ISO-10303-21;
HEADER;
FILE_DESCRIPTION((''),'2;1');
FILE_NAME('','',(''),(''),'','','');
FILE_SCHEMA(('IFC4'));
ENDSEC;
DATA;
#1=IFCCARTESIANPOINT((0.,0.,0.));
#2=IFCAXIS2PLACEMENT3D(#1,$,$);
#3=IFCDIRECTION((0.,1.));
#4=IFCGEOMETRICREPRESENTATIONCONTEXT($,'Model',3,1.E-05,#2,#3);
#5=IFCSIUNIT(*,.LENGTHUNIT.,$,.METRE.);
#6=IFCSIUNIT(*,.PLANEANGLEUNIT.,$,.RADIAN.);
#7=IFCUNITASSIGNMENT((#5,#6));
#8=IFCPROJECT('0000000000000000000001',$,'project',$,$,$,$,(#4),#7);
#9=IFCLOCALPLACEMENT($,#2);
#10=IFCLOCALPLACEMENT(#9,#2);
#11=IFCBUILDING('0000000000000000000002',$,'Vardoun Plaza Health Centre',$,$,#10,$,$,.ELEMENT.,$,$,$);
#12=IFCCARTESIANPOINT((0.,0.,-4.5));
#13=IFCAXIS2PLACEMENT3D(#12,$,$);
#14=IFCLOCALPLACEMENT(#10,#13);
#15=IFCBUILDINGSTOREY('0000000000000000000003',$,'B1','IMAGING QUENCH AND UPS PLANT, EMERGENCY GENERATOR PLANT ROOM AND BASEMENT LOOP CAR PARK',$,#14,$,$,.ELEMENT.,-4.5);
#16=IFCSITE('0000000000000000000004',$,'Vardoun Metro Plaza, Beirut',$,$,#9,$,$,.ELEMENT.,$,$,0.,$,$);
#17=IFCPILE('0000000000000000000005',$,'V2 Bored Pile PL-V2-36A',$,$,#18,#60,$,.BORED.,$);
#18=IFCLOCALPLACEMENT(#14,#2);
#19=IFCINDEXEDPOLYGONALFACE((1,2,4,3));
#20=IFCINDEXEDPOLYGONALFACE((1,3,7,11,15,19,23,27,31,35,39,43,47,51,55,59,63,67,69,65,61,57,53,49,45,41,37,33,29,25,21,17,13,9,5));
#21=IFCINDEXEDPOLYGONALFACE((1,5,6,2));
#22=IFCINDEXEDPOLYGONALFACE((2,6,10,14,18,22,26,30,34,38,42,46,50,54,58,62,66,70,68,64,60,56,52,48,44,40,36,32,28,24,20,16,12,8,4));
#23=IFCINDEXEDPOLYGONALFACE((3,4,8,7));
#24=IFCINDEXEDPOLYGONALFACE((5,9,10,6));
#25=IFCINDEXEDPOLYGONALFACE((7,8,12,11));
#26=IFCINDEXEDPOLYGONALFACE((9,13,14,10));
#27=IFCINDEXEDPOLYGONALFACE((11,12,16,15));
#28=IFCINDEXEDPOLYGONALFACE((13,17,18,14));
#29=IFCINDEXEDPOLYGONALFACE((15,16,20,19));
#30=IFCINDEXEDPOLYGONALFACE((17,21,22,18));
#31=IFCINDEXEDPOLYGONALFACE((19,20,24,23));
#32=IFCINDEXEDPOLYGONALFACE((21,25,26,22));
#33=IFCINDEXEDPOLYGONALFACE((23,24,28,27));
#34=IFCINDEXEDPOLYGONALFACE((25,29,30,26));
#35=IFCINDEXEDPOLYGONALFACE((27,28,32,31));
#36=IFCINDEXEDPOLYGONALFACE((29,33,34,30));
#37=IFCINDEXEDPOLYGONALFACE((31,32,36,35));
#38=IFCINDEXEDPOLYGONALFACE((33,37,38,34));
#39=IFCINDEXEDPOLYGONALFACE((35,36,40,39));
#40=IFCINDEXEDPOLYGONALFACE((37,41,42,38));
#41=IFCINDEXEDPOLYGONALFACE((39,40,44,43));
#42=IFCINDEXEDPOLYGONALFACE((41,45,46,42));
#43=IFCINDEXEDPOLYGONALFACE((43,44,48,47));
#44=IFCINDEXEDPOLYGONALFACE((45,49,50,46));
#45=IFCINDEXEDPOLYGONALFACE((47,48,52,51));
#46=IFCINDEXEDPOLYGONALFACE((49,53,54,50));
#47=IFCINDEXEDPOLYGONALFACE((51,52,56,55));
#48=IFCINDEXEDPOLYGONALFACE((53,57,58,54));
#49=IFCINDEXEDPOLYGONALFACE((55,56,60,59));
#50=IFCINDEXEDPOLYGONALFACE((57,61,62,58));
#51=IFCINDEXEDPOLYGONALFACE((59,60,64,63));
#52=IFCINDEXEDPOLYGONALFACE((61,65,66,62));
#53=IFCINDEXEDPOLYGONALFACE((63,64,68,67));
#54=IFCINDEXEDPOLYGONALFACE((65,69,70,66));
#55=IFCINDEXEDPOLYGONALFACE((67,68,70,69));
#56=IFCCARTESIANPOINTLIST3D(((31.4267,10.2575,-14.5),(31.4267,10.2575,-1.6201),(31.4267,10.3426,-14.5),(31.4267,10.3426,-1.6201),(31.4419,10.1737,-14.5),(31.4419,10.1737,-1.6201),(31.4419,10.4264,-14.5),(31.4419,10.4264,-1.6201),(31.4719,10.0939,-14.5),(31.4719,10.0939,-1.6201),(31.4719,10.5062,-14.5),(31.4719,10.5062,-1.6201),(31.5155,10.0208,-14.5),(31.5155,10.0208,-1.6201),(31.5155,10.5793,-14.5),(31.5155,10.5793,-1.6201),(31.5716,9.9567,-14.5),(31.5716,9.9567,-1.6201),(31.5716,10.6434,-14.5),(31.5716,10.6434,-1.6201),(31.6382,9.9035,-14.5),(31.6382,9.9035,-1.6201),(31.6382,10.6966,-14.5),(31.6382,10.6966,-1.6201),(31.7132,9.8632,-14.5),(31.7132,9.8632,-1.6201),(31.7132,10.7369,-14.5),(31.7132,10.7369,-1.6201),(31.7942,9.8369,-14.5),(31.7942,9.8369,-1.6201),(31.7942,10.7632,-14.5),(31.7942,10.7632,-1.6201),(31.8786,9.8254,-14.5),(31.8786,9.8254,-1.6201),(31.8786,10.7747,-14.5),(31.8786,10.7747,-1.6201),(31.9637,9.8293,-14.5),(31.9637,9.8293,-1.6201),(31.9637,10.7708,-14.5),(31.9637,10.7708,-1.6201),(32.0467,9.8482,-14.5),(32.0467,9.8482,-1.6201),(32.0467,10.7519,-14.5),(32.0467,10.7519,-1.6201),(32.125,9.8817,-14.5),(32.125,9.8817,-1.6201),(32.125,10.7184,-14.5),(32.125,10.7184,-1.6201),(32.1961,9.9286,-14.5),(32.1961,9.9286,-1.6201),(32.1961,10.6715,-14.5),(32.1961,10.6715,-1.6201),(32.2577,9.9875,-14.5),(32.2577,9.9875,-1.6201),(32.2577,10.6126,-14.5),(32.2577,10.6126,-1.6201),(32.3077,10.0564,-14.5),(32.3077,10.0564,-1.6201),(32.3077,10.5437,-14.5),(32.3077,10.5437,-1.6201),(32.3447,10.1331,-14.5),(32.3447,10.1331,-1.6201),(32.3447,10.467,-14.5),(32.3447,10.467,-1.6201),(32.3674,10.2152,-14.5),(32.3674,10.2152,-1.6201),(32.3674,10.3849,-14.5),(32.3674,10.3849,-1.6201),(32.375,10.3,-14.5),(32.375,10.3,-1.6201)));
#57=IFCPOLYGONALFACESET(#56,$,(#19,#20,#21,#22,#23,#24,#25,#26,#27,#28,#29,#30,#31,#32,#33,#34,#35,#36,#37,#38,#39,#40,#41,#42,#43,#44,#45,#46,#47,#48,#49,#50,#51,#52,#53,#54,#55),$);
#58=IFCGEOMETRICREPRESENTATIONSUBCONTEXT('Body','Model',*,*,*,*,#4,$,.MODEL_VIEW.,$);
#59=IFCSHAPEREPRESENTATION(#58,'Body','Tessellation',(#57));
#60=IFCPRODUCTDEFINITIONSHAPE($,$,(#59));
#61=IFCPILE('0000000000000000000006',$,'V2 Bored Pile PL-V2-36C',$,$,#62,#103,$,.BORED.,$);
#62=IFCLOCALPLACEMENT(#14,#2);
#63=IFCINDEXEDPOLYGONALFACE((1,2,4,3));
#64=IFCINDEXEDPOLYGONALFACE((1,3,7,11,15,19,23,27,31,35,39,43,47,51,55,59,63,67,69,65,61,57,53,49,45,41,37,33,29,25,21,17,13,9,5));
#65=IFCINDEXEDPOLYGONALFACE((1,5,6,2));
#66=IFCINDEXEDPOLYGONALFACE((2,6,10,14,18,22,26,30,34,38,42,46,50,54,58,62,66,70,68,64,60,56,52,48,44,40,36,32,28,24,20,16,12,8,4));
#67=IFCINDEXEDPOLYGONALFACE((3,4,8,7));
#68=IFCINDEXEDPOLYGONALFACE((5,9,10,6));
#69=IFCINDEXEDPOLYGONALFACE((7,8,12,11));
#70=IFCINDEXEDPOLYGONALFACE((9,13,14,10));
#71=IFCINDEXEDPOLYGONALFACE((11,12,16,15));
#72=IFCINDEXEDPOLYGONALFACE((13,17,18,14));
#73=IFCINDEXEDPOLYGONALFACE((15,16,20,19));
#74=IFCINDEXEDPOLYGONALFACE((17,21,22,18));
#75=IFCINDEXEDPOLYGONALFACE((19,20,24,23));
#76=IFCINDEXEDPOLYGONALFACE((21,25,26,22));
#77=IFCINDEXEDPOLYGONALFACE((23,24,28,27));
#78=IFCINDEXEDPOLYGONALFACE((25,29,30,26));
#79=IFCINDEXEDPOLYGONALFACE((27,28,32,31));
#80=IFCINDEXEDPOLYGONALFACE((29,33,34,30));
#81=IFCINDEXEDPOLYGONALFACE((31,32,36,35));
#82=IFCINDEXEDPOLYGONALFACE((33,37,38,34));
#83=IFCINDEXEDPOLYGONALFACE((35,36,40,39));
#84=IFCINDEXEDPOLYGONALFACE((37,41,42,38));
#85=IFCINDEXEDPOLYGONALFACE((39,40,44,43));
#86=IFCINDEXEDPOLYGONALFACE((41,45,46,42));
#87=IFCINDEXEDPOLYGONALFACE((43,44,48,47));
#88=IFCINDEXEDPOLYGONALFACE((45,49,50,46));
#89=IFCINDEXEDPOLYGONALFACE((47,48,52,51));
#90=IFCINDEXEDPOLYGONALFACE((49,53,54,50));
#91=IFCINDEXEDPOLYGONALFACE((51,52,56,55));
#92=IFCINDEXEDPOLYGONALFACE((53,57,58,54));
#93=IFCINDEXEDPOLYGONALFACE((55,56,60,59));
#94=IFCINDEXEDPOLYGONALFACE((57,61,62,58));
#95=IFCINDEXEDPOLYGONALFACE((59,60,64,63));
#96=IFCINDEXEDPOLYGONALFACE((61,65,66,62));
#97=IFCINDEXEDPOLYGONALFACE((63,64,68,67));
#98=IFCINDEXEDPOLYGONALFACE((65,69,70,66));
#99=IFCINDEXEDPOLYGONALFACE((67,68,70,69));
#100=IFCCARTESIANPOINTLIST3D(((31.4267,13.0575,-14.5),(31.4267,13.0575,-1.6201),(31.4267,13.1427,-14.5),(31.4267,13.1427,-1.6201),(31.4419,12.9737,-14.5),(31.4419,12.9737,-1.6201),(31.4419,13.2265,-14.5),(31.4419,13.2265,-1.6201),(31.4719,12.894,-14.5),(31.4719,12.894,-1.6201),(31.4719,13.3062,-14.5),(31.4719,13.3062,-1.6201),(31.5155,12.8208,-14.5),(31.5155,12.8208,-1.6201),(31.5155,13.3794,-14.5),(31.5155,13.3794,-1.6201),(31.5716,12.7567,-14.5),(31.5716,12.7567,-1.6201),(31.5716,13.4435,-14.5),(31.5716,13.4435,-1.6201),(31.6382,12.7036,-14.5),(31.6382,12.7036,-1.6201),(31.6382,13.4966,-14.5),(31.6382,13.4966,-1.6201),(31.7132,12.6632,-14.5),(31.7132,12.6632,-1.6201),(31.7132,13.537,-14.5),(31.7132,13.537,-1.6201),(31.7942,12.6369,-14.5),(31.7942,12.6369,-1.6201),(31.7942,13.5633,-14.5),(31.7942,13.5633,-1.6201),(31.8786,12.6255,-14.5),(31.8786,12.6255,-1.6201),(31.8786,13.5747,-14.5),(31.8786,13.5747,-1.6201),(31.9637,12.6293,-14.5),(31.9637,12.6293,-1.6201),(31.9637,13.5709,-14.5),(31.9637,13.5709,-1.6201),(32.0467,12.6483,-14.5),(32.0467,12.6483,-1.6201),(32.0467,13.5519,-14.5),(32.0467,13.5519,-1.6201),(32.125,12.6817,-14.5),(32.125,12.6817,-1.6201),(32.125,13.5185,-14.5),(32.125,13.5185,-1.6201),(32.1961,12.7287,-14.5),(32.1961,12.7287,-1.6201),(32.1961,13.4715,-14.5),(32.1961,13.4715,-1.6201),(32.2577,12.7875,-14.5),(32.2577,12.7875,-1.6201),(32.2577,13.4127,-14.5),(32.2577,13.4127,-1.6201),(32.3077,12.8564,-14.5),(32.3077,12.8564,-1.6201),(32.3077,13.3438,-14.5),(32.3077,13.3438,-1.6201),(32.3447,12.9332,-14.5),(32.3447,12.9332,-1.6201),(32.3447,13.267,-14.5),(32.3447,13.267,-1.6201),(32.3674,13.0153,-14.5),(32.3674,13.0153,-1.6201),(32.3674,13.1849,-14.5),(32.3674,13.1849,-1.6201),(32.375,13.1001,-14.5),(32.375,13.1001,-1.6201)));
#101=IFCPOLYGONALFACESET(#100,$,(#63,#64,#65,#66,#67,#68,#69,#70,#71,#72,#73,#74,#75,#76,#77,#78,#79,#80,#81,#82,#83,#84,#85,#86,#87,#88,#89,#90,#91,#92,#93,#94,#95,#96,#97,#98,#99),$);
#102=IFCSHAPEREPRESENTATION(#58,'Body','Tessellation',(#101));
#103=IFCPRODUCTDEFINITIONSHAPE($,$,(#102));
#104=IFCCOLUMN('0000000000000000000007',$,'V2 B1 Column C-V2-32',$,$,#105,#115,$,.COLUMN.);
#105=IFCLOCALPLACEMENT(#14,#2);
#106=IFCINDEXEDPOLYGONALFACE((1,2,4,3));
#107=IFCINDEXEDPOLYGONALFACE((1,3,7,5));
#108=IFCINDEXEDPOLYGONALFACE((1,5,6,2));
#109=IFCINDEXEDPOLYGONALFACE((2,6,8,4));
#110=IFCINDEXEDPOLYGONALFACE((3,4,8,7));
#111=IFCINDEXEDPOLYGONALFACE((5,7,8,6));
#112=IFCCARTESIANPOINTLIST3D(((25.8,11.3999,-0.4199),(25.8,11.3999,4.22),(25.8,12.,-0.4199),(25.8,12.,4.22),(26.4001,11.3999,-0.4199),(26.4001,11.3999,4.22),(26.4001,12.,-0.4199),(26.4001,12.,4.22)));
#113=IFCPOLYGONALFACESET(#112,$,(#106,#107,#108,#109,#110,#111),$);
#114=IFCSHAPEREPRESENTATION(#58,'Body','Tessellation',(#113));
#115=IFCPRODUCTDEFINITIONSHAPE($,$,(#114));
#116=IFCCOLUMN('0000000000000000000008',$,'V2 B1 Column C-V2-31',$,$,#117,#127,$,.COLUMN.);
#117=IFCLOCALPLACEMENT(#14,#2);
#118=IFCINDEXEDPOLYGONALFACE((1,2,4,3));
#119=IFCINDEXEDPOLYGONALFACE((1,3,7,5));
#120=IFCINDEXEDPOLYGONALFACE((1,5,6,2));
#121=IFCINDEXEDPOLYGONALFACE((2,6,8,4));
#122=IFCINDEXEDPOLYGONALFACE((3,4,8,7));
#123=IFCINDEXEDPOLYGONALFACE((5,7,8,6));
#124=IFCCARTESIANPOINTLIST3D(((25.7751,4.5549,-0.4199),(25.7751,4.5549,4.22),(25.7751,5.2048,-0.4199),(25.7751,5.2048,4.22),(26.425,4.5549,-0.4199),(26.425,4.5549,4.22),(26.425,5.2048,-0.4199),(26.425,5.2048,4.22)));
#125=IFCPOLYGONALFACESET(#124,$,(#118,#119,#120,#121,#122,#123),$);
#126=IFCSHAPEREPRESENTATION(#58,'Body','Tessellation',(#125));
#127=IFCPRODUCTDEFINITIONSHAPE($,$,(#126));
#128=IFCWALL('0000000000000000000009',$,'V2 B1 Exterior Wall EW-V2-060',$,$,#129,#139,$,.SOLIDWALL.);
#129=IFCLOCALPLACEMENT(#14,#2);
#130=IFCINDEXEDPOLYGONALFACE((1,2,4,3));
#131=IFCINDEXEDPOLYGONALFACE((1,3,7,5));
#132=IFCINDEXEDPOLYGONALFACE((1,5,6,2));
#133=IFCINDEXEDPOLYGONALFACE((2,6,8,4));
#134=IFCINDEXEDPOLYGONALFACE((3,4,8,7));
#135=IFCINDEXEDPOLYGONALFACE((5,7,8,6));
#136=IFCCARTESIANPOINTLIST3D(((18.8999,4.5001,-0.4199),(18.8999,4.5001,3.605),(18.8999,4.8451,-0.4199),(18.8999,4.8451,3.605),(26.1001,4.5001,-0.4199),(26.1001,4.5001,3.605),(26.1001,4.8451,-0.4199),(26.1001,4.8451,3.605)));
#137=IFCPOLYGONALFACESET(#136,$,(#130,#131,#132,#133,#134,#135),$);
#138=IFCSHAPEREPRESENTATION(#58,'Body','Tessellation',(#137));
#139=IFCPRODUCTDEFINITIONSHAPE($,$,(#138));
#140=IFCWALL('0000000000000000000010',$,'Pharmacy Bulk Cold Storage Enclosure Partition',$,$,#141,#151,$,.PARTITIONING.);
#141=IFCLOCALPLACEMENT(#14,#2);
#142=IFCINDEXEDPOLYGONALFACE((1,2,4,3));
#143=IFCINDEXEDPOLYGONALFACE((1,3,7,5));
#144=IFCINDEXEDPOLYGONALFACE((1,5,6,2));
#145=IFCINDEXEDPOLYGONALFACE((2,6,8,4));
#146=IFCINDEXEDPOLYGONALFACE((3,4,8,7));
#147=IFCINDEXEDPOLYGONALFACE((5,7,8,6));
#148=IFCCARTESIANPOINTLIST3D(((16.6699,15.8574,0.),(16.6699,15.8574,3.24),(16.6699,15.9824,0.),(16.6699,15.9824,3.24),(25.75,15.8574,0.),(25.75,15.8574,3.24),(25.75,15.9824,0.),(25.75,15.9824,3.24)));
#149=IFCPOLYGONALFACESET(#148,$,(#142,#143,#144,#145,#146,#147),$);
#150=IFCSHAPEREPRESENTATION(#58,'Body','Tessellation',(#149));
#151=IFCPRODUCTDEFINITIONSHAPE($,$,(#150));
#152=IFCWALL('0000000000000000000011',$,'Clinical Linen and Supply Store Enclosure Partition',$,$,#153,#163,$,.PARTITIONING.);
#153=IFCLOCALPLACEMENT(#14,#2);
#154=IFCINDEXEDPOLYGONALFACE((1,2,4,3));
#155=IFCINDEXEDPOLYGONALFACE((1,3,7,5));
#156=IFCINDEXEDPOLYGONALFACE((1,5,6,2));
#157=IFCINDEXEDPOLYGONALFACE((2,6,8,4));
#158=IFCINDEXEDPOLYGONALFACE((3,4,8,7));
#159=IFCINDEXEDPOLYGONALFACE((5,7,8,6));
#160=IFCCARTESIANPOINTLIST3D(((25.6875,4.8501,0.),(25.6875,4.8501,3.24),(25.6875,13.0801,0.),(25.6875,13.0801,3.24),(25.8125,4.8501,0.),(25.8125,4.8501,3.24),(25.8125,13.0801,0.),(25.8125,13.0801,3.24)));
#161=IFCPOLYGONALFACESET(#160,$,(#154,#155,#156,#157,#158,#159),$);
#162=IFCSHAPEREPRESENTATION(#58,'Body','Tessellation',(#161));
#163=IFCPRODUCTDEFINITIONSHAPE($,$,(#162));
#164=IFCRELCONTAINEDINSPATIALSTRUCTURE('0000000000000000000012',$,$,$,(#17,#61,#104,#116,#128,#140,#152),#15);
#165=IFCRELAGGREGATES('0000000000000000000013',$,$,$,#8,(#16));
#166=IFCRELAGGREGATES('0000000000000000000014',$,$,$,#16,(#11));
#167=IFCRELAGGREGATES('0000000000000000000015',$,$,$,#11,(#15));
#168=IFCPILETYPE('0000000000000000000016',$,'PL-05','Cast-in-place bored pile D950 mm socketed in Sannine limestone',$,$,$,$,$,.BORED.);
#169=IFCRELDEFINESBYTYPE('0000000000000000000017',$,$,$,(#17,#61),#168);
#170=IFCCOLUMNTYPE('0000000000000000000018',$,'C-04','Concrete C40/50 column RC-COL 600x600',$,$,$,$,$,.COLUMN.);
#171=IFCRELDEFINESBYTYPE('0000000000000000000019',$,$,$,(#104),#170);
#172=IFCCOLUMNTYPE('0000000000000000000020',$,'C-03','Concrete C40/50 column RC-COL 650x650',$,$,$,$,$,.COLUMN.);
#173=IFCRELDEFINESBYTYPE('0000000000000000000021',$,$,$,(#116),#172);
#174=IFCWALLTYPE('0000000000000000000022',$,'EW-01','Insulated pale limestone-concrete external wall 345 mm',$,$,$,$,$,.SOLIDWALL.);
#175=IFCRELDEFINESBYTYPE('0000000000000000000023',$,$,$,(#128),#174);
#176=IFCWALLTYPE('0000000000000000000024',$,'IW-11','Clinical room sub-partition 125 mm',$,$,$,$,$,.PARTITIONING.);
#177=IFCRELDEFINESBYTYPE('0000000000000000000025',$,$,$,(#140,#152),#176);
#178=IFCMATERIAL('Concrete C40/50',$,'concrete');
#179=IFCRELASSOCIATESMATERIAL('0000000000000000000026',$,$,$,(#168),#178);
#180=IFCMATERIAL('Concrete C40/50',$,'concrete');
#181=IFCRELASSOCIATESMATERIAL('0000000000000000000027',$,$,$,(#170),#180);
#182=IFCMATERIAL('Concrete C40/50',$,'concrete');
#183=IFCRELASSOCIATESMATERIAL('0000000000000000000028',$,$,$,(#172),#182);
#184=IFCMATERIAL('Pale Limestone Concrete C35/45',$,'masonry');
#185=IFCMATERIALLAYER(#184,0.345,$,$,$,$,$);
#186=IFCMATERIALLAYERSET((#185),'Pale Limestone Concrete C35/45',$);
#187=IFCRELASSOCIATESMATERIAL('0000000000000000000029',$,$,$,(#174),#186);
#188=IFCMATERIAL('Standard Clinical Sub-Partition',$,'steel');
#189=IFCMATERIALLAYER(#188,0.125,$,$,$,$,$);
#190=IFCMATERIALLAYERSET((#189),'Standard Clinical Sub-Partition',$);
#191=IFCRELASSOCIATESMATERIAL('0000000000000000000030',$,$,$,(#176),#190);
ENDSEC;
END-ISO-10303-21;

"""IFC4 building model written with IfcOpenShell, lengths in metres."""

from ifc_helpers import new_model, si_unit, direction, frame, frame_2d, origin, origin_2d, place, context, subcontext, project, spatial, rectangle, circle, extrude, material, layer, layer_set, material_profile, profile_set, type_object, element, save


model = new_model("IFC4")

# Units and contexts
model_context = context("Model", 3, precision=1e-05, world=origin(), true_north=direction((0.0, 1.0)))
body_context = subcontext(model_context, "Body", "Model", "MODEL_VIEW")
ifc_project = project(units=[si_unit("LENGTHUNIT", "METRE"), si_unit("PLANEANGLEUNIT", "RADIAN")], contexts=[model_context])

# Site, building, storey
site_placement = place(None, origin())
site = spatial("IfcSite", under=ifc_project, at=site_placement, Name="Vardoun Metro Plaza, Beirut", CompositionType="ELEMENT", RefElevation=0.0)
building_placement = place(site_placement, origin())
building = spatial("IfcBuilding", under=site, at=building_placement, Name="Vardoun Plaza Health Centre", CompositionType="ELEMENT")
storey_placement = place(building_placement, frame((0.0, 0.0, -4.5)))
storey = spatial("IfcBuildingStorey", under=building, at=storey_placement, Name="B1", Description="IMAGING QUENCH AND UPS PLANT, EMERGENCY GENERATOR PLANT ROOM AND BASEMENT LOOP CAR PARK", CompositionType="ELEMENT", Elevation=-4.5)

# Piles
ifc_material_1 = material(Name="Concrete C40/50", Category="concrete")
ifc_material_profile_1 = material_profile(ifc_material_1, circle(Radius=0.4751, at=origin_2d()), Name="PILE D950")
ifc_profile_set_1 = profile_set([ifc_material_profile_1], Name="Concrete C40/50")
pile_type_1 = type_object("IfcPileType", Name="PL-05", Description="Cast-in-place bored pile D950 mm socketed in Sannine limestone", PredefinedType="BORED", material=ifc_profile_set_1)
for number, where, z_axis, x_axis, name in (
    (1, (31.8999, 10.3, -1.6201), (0.0, 0.0, -1.0), (1.0, 0.0, 0.0), "V2 Bored Pile PL-V2-36A"),
    (2, (31.8999, 13.1001, -1.6201), (0.0, 0.0, -1.0), (1.0, 0.0, 0.0), "V2 Bored Pile PL-V2-36C"),
):
    element("IfcPile", number, at=place(storey_placement, frame(where, z_axis=z_axis, x_axis=x_axis)), inside=storey, type_object=pile_type_1, Name=name, PredefinedType="BORED", context=body_context, shape_type="SweptSolid", body=[
        extrude(circle(Radius=0.4751, at=origin_2d()), origin(), (0.0, 0.0, 1.0), 12.8799),
    ])

# Columns
ifc_material_2 = material(Name="Concrete C40/50", Category="concrete")
ifc_material_profile_2 = material_profile(ifc_material_2, rectangle(XDim=0.6001, YDim=0.6001, at=origin_2d()), Name="RC-COL 600x600")
ifc_profile_set_2 = profile_set([ifc_material_profile_2], Name="Concrete C40/50")
column_type_1 = type_object("IfcColumnType", Name="C-04", Description="Concrete C40/50 column RC-COL 600x600", PredefinedType="COLUMN", material=ifc_profile_set_2)
column_1_placement = place(storey_placement, frame((26.1001, 11.7, -0.4199), z_axis=(0.0, 0.0, 1.0), x_axis=(1.0, 0.0, 0.0)))
element("IfcColumn", 3, at=column_1_placement, inside=storey, type_object=column_type_1, Name="V2 B1 Column C-V2-32", PredefinedType="COLUMN", context=body_context, shape_type="SweptSolid", body=[
    extrude(rectangle(XDim=0.6001, YDim=0.6001, at=origin_2d()), origin(), (0.0, 0.0, 1.0), 4.6399),
])
ifc_material_3 = material(Name="Concrete C40/50", Category="concrete")
ifc_material_profile_3 = material_profile(ifc_material_3, rectangle(XDim=0.6499, YDim=0.6499, at=origin_2d()), Name="RC-COL 650x650")
ifc_profile_set_3 = profile_set([ifc_material_profile_3], Name="Concrete C40/50")
column_type_2 = type_object("IfcColumnType", Name="C-03", Description="Concrete C40/50 column RC-COL 650x650", PredefinedType="COLUMN", material=ifc_profile_set_3)
column_2_placement = place(storey_placement, frame((26.1001, 4.8799, -0.4199), z_axis=(0.0, 0.0, 1.0), x_axis=(1.0, 0.0, 0.0)))
element("IfcColumn", 4, at=column_2_placement, inside=storey, type_object=column_type_2, Name="V2 B1 Column C-V2-31", PredefinedType="COLUMN", context=body_context, shape_type="SweptSolid", body=[
    extrude(rectangle(XDim=0.6499, YDim=0.6499, at=origin_2d()), origin(), (0.0, 0.0, 1.0), 4.6399),
])

# Walls
ifc_material_4 = material(Name="Pale Limestone Concrete C35/45", Category="masonry")
ifc_layer_1 = layer(ifc_material_4, 0.345)
ifc_layer_set_1 = layer_set([ifc_layer_1], Name="Pale Limestone Concrete C35/45")
wall_type_1 = type_object("IfcWallType", Name="EW-01", Description="Insulated pale limestone-concrete external wall 345 mm", PredefinedType="SOLIDWALL", material=ifc_layer_set_1)
wall_1_placement = place(storey_placement, frame((26.1001, 4.6726, -0.4199), z_axis=(0.0, 0.0, 1.0), x_axis=(-1.0, 0.0, 0.0)))
element("IfcWall", 5, at=wall_1_placement, inside=storey, type_object=wall_type_1, Name="V2 B1 Exterior Wall EW-V2-060", PredefinedType="SOLIDWALL", context=body_context, shape_type="SweptSolid", body=[
    extrude(rectangle(XDim=7.2002, YDim=0.345, at=frame_2d((3.6001, 0.0))), origin(), (0.0, 0.0, 1.0), 4.0249),
])
ifc_material_5 = material(Name="Standard Clinical Sub-Partition", Category="steel")
ifc_layer_2 = layer(ifc_material_5, 0.125)
ifc_layer_set_2 = layer_set([ifc_layer_2], Name="Standard Clinical Sub-Partition")
wall_type_2 = type_object("IfcWallType", Name="IW-11", Description="Clinical room sub-partition 125 mm", PredefinedType="PARTITIONING", material=ifc_layer_set_2)
wall_2_placement = place(storey_placement, frame((25.75, 15.9199, 0.0), z_axis=(0.0, 0.0, 1.0), x_axis=(-1.0, 0.0, 0.0)))
element("IfcWall", 6, at=wall_2_placement, inside=storey, type_object=wall_type_2, Name="Pharmacy Bulk Cold Storage Enclosure Partition", PredefinedType="PARTITIONING", context=body_context, shape_type="SweptSolid", body=[
    extrude(rectangle(XDim=9.0801, YDim=0.125, at=frame_2d((4.54, 0.0))), origin(), (0.0, 0.0, 1.0), 3.24),
])
wall_3_placement = place(storey_placement, frame((25.75, 13.0801, 0.0), z_axis=(0.0, 0.0, 1.0), x_axis=(0.0, -1.0, 0.0)))
element("IfcWall", 7, at=wall_3_placement, inside=storey, type_object=wall_type_2, Name="Clinical Linen and Supply Store Enclosure Partition", PredefinedType="PARTITIONING", context=body_context, shape_type="SweptSolid", body=[
    extrude(rectangle(XDim=8.23, YDim=0.125, at=frame_2d((4.115, 0.0))), origin(), (0.0, 0.0, 1.0), 3.24),
])

save(model, "model.ifc")
